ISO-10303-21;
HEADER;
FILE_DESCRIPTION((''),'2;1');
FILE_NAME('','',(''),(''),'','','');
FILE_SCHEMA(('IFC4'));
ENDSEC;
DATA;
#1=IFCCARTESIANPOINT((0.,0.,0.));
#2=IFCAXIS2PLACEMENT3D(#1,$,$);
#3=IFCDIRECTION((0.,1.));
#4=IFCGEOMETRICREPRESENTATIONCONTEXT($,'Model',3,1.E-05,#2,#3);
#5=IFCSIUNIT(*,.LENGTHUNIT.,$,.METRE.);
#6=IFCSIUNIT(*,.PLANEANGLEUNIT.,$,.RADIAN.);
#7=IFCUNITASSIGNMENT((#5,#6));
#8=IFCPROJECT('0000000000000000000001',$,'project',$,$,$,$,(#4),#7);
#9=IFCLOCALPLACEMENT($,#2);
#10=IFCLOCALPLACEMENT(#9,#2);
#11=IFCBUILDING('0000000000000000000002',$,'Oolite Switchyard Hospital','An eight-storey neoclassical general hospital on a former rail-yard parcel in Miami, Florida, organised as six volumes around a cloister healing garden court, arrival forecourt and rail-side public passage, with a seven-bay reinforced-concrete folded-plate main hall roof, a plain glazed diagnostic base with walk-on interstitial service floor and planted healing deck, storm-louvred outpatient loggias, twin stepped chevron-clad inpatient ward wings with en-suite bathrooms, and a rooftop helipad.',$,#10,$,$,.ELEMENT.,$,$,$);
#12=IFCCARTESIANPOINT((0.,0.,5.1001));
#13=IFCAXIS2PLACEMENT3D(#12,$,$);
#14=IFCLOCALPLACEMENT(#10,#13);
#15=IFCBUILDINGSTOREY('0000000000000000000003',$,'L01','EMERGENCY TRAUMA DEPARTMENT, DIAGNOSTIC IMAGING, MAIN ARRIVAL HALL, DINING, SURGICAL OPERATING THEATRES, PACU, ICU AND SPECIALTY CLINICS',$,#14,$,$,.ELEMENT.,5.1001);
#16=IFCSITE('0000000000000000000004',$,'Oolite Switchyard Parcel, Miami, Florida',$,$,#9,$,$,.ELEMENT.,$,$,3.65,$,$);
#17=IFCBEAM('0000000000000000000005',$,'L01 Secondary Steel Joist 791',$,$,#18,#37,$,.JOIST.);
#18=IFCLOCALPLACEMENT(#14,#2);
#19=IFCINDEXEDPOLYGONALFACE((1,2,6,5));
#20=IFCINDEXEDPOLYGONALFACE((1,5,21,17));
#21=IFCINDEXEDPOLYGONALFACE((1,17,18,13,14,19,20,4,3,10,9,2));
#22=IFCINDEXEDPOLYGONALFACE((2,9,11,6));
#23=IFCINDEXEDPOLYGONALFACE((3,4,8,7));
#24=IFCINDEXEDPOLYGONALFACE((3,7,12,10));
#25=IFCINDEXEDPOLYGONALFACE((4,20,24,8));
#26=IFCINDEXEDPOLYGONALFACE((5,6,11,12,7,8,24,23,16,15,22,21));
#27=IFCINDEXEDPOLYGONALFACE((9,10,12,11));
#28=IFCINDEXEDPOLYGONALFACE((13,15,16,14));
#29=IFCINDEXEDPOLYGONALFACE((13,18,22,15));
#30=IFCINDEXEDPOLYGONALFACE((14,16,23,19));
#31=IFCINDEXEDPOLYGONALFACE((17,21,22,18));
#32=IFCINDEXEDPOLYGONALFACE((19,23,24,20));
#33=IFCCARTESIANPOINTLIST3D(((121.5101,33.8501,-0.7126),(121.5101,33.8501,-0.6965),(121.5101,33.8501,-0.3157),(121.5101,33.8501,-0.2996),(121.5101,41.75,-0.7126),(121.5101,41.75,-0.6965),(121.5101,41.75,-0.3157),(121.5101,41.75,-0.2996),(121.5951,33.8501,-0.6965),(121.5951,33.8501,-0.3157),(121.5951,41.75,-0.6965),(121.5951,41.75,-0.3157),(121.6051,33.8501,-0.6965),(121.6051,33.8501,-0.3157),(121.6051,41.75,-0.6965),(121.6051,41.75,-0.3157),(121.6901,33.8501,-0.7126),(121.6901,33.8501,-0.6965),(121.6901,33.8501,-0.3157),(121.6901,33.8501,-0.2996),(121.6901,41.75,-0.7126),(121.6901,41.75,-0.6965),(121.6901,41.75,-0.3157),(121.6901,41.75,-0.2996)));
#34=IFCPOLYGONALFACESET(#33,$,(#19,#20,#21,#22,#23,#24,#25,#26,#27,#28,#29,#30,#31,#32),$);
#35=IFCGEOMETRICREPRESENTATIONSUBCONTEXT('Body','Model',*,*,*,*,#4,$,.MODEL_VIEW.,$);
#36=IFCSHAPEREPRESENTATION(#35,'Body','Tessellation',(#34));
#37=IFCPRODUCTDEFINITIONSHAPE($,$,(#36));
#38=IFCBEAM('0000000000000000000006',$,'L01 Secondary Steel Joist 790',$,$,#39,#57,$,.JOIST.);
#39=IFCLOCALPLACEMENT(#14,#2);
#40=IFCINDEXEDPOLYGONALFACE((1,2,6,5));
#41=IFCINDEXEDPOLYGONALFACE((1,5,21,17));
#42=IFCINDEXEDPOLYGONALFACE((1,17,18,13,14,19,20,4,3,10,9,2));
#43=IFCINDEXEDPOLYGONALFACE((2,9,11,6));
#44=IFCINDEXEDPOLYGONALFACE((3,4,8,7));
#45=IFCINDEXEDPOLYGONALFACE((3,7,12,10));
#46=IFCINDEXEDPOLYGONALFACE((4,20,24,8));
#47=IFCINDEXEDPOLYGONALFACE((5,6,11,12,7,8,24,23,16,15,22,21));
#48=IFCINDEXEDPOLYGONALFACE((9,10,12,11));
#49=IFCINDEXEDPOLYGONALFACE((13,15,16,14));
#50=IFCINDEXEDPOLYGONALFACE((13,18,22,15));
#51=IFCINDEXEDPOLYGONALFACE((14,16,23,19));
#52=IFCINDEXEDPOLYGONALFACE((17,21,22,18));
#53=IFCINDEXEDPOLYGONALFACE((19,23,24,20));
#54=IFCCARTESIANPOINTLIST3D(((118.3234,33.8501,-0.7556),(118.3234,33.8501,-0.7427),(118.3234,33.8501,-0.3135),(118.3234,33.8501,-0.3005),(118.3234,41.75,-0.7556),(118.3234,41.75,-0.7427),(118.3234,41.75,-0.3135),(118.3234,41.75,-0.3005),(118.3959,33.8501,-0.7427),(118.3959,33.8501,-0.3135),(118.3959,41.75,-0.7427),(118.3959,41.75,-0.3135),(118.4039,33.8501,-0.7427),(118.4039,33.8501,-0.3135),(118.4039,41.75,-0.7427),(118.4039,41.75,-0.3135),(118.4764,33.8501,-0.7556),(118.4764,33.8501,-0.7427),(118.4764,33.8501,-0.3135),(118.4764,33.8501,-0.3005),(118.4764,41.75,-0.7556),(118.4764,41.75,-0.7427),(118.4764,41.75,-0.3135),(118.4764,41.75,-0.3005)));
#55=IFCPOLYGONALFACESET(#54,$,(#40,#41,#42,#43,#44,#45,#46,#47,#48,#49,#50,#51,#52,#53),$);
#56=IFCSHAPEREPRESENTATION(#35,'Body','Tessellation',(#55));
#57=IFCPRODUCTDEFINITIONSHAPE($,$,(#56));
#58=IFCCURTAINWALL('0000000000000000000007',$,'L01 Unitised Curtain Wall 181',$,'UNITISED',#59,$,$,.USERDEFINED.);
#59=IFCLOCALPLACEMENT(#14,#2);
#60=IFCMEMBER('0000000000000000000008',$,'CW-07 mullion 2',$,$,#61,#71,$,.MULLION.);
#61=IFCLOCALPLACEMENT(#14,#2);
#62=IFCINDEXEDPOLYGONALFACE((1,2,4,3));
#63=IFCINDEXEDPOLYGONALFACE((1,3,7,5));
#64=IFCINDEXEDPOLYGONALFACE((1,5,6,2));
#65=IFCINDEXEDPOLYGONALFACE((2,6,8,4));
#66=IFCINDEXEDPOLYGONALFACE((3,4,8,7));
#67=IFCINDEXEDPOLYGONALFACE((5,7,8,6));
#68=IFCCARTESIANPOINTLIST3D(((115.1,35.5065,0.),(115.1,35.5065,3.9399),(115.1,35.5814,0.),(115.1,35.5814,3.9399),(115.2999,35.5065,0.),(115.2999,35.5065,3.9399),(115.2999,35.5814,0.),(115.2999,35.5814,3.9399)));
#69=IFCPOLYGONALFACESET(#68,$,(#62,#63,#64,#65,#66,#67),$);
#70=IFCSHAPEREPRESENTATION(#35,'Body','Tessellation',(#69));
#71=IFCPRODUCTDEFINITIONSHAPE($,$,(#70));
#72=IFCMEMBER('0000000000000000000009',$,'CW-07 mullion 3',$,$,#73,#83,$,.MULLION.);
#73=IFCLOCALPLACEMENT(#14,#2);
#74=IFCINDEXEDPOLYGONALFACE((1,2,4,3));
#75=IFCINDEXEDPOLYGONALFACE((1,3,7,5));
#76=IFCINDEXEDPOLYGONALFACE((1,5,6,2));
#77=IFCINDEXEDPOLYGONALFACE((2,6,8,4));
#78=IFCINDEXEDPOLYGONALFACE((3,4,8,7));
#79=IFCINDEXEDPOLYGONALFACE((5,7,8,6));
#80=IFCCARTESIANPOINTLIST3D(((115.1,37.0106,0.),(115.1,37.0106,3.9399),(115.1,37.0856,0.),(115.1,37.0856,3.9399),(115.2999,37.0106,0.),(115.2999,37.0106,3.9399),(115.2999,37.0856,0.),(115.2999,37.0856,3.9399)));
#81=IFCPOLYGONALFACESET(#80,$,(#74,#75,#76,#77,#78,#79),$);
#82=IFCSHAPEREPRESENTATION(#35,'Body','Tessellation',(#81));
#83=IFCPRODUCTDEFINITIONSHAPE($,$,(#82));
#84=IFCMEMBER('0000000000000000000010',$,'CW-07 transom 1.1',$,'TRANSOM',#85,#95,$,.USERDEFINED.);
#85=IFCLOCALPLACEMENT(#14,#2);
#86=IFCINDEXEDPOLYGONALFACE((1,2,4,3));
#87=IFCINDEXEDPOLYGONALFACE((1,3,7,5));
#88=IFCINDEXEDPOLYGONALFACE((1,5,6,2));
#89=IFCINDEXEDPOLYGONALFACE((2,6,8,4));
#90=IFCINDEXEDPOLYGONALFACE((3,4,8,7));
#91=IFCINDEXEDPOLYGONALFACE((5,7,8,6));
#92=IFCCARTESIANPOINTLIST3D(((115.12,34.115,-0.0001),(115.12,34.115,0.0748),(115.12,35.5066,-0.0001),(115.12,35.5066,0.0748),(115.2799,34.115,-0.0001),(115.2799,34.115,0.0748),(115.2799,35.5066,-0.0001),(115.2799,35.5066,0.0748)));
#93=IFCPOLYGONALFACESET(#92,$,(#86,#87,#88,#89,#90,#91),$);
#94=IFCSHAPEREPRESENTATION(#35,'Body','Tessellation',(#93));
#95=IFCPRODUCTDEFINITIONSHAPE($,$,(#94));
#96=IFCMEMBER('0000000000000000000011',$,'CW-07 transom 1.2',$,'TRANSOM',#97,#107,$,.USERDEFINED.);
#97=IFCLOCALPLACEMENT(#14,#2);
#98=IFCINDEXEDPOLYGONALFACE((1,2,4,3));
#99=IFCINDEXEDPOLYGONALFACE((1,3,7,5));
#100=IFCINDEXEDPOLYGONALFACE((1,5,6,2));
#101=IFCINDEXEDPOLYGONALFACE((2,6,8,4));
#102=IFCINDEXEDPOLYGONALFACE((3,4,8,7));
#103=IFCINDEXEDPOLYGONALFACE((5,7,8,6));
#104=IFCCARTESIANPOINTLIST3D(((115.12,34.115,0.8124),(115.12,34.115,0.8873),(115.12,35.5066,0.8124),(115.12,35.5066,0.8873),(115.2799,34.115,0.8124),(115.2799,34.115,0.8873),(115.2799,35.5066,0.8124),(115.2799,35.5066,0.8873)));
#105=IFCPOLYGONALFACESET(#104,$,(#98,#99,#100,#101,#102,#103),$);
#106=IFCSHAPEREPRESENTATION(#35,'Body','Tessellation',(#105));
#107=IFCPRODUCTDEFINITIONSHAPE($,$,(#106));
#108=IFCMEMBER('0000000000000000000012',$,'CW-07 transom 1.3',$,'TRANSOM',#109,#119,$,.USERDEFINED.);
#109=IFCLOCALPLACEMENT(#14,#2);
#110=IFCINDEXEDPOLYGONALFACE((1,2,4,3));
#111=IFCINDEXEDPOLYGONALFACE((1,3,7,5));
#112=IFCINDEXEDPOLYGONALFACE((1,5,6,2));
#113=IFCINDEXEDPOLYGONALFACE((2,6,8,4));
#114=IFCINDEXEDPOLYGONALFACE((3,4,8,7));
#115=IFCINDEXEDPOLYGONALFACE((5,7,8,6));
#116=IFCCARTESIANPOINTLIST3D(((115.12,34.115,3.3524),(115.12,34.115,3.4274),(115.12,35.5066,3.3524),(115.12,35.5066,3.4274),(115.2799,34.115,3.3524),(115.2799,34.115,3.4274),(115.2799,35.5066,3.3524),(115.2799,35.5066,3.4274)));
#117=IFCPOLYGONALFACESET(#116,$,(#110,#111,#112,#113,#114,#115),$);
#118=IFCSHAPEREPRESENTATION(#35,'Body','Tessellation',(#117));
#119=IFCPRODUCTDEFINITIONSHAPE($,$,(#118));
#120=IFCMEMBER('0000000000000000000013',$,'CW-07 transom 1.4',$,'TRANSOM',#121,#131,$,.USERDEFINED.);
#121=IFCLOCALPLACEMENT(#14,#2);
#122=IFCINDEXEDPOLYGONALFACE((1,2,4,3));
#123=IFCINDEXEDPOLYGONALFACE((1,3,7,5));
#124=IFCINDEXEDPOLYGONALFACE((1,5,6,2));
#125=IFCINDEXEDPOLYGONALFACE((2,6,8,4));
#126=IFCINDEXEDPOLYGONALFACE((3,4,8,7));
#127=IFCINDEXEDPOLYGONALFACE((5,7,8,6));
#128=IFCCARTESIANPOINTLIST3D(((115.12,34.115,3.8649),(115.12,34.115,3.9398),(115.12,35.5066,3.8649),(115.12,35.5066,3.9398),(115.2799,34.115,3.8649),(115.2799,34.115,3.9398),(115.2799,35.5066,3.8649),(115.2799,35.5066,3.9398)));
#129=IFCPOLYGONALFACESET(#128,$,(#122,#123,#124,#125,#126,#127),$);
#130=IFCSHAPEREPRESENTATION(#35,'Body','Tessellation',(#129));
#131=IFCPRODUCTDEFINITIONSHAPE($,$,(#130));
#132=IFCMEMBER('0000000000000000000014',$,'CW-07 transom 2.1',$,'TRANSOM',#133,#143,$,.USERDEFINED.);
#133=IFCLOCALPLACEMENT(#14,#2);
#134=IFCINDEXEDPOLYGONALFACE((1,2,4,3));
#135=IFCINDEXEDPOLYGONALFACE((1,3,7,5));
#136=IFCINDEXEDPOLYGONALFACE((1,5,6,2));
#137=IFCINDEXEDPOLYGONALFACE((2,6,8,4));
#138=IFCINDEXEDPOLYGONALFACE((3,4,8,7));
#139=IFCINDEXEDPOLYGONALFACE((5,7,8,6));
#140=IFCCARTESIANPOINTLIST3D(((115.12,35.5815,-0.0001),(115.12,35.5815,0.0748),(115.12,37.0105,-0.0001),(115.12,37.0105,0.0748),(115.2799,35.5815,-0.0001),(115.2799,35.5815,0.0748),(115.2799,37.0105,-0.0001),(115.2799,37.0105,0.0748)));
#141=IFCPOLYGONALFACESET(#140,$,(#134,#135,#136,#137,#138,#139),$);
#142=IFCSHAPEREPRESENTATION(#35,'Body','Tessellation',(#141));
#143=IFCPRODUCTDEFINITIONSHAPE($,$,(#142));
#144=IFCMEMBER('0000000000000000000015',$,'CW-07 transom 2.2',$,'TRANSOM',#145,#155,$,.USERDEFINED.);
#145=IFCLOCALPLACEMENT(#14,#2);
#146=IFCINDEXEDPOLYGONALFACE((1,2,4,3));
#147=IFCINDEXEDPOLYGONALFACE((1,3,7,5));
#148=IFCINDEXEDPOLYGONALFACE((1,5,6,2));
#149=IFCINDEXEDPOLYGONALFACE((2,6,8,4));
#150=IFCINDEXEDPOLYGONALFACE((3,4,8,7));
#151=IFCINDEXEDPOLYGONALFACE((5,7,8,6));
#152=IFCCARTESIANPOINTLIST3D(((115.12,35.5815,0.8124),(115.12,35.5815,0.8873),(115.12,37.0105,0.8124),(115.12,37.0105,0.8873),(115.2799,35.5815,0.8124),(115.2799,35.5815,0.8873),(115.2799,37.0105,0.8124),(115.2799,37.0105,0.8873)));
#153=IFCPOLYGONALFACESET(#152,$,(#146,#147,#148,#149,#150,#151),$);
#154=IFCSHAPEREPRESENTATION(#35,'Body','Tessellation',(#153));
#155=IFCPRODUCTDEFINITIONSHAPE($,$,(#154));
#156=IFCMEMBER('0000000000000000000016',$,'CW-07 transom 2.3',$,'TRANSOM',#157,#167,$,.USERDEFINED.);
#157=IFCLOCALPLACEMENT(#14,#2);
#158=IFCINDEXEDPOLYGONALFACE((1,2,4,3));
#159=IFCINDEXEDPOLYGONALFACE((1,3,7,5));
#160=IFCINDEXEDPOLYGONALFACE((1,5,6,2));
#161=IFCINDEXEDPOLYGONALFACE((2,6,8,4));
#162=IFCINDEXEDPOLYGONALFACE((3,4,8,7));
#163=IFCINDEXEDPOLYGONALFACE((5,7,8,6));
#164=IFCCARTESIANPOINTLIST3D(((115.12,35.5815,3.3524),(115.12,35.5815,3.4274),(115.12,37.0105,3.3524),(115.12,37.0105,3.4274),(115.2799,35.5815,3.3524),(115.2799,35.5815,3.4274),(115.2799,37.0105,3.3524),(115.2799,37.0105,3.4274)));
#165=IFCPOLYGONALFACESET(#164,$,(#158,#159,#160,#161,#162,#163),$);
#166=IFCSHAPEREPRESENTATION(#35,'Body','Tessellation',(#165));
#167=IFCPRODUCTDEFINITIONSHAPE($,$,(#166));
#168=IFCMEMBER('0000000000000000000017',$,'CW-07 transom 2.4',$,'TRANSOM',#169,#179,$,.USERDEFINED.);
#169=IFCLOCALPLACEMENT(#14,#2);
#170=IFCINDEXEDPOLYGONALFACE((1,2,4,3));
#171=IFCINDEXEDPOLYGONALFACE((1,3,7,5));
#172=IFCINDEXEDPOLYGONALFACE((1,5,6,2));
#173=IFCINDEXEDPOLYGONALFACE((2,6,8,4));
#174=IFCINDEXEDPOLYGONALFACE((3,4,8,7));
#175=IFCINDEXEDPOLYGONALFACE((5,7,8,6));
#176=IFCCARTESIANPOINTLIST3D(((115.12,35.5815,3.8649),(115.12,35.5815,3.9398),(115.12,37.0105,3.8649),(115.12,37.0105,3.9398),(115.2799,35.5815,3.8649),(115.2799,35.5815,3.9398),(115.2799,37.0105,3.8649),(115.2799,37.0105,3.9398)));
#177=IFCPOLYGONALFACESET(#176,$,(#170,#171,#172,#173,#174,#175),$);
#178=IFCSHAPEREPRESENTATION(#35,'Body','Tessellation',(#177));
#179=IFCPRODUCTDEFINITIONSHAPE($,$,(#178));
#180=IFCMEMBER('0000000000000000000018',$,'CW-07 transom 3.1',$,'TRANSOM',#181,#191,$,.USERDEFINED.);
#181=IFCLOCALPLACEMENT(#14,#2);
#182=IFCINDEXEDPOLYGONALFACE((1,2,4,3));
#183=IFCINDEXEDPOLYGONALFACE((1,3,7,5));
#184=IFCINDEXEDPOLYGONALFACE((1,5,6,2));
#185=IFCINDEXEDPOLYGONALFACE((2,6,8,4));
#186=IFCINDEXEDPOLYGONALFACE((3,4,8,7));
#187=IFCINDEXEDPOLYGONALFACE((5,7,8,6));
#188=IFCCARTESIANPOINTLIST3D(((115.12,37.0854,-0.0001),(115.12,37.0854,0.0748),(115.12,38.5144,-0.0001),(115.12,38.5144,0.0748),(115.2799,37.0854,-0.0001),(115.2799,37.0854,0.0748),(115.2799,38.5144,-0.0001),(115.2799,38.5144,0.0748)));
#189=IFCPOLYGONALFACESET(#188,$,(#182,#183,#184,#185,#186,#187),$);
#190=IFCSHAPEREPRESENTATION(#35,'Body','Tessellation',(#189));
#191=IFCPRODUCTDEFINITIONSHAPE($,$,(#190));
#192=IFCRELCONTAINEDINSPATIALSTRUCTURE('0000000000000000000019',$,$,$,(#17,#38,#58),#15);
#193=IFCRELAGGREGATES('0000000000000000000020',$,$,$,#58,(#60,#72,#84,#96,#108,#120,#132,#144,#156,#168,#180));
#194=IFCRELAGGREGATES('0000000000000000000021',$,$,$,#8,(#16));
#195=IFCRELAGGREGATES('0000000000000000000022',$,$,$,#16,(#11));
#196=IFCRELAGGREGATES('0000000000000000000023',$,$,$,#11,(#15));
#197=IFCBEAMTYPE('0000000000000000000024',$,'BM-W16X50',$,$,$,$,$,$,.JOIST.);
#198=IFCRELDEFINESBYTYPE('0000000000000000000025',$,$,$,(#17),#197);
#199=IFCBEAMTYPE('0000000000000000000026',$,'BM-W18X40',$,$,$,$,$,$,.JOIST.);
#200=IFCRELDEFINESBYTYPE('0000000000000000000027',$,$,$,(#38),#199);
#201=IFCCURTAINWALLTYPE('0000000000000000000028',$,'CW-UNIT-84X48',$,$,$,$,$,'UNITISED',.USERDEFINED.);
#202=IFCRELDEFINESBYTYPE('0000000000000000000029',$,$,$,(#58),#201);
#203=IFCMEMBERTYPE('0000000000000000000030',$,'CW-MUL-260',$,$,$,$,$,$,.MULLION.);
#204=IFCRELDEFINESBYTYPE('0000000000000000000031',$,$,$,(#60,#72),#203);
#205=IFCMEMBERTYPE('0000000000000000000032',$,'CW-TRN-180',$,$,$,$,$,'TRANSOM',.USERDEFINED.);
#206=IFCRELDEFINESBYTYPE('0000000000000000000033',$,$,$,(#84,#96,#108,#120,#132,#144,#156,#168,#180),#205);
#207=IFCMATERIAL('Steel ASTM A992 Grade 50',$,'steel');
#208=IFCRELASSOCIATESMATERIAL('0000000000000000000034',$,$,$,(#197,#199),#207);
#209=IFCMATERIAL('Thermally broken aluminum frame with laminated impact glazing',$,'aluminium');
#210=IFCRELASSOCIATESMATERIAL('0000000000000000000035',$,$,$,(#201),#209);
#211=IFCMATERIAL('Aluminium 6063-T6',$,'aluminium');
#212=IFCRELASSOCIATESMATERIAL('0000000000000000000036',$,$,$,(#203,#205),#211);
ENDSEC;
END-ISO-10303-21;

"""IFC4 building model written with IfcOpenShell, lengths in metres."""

from ifc_helpers import new_model, si_unit, direction, frame, origin, origin_2d, place, context, subcontext, project, spatial, rectangle, i_section, extrude, material, material_profile, profile_set, type_object, element, aggregate, save


model = new_model("IFC4")

# Units and contexts
model_context = context("Model", 3, precision=1e-05, world=origin(), true_north=direction((0.0, 1.0)))
body_context = subcontext(model_context, "Body", "Model", "MODEL_VIEW")
ifc_project = project(units=[si_unit("LENGTHUNIT", "METRE"), si_unit("PLANEANGLEUNIT", "RADIAN")], contexts=[model_context])

# Site, building, storey
site_placement = place(None, origin())
site = spatial("IfcSite", under=ifc_project, at=site_placement, Name="Oolite Switchyard Parcel, Miami, Florida", CompositionType="ELEMENT", RefElevation=3.65)
building_placement = place(site_placement, origin())
building = spatial("IfcBuilding", under=site, at=building_placement, Name="Oolite Switchyard Hospital", Description="An eight-storey neoclassical general hospital on a former rail-yard parcel in Miami, Florida, organised as six volumes around a cloister healing garden court, arrival forecourt and rail-side public passage, with a seven-bay reinforced-concrete folded-plate main hall roof, a plain glazed diagnostic base with walk-on interstitial service floor and planted healing deck, storm-louvred outpatient loggias, twin stepped chevron-clad inpatient ward wings with en-suite bathrooms, and a rooftop helipad.", CompositionType="ELEMENT")
storey_placement = place(building_placement, frame((0.0, 0.0, 5.1001)))
storey = spatial("IfcBuildingStorey", under=building, at=storey_placement, Name="L01", Description="EMERGENCY TRAUMA DEPARTMENT, DIAGNOSTIC IMAGING, MAIN ARRIVAL HALL, DINING, SURGICAL OPERATING THEATRES, PACU, ICU AND SPECIALTY CLINICS", CompositionType="ELEMENT", Elevation=5.1001)

# Beams
ifc_material_1 = material(Name="Steel ASTM A992 Grade 50", Category="steel")
ifc_material_profile_1 = material_profile(ifc_material_1, i_section(OverallWidth=0.1799, OverallDepth=0.4131, WebThickness=0.01, FlangeThickness=0.0161, at=origin_2d()), Name="W16X50")
ifc_profile_set_1 = profile_set([ifc_material_profile_1], Name="Steel ASTM A992 Grade 50")
beam_type_1 = type_object("IfcBeamType", Name="BM-W16X50", PredefinedType="JOIST", material=ifc_profile_set_1)
beam_1_placement = place(storey_placement, frame((121.6001, 33.8501, -0.5061), z_axis=(0.0, 1.0, 0.0), x_axis=(-1.0, 0.0, 0.0)))
element("IfcBeam", 1, at=beam_1_placement, inside=storey, type_object=beam_type_1, Name="L01 Secondary Steel Joist 791", PredefinedType="JOIST", context=body_context, shape_type="SweptSolid", body=[
    extrude(i_section(OverallWidth=0.1799, OverallDepth=0.4131, WebThickness=0.01, FlangeThickness=0.0161, at=origin_2d()), origin(), (0.0, 0.0, 1.0), 7.8999),
])
ifc_material_profile_2 = material_profile(ifc_material_1, i_section(OverallWidth=0.1531, OverallDepth=0.4551, WebThickness=0.0081, FlangeThickness=0.0129, at=origin_2d()), Name="W18X40")
ifc_profile_set_2 = profile_set([ifc_material_profile_2], Name="Steel ASTM A992 Grade 50")
beam_type_2 = type_object("IfcBeamType", Name="BM-W18X40", PredefinedType="JOIST", material=ifc_profile_set_2)
beam_2_placement = place(storey_placement, frame((118.3999, 33.8501, -0.5281), z_axis=(0.0, 1.0, 0.0), x_axis=(-1.0, 0.0, 0.0)))
element("IfcBeam", 2, at=beam_2_placement, inside=storey, type_object=beam_type_2, Name="L01 Secondary Steel Joist 790", PredefinedType="JOIST", context=body_context, shape_type="SweptSolid", body=[
    extrude(i_section(OverallWidth=0.1531, OverallDepth=0.4551, WebThickness=0.0081, FlangeThickness=0.0129, at=origin_2d()), origin(), (0.0, 0.0, 1.0), 7.8999),
])

# Curtain wall, members
ifc_material_2 = material(Name="Thermally broken aluminum frame with laminated impact glazing", Category="aluminium")
curtain_wall_type = type_object("IfcCurtainWallType", Name="CW-UNIT-84X48", ElementType="UNITISED", PredefinedType="USERDEFINED", material=ifc_material_2)
curtain_wall_placement = place(storey_placement, origin())
curtain_wall = element("IfcCurtainWall", 3, at=curtain_wall_placement, inside=storey, type_object=curtain_wall_type, Name="L01 Unitised Curtain Wall 181", ObjectType="UNITISED", PredefinedType="USERDEFINED")
ifc_material_3 = material(Name="Aluminium 6063-T6", Category="aluminium")
ifc_material_profile_3 = material_profile(ifc_material_3, rectangle(XDim=0.2, YDim=0.075, at=origin_2d()), Name="CWM75X200")
ifc_profile_set_3 = profile_set([ifc_material_profile_3], Name="Aluminium 6063-T6")
member_type_1 = type_object("IfcMemberType", Name="CW-MUL-260", PredefinedType="MULLION", material=ifc_profile_set_3)
member_1_placement = place(storey_placement, frame((115.2, 35.5439, 0.0), z_axis=(0.0, 0.0, 1.0), x_axis=(-1.0, 0.0, 0.0)))
member_1 = element("IfcMember", 4, at=member_1_placement, type_object=member_type_1, Name="CW-07 mullion 2", PredefinedType="MULLION", context=body_context, shape_type="SweptSolid", body=[
    extrude(rectangle(XDim=0.2, YDim=0.075, at=origin_2d()), origin(), (0.0, 0.0, 1.0), 3.9399),
])
member_2_placement = place(storey_placement, frame((115.2, 37.0481, 0.0), z_axis=(0.0, 0.0, 1.0), x_axis=(-1.0, 0.0, 0.0)))
member_2 = element("IfcMember", 5, at=member_2_placement, type_object=member_type_1, Name="CW-07 mullion 3", PredefinedType="MULLION", context=body_context, shape_type="SweptSolid", body=[
    extrude(rectangle(XDim=0.2, YDim=0.075, at=origin_2d()), origin(), (0.0, 0.0, 1.0), 3.9399),
])
ifc_material_profile_4 = material_profile(ifc_material_3, rectangle(XDim=0.1599, YDim=0.075, at=origin_2d()), Name="CWT75X160")
ifc_profile_set_4 = profile_set([ifc_material_profile_4], Name="Aluminium 6063-T6")
member_type_2 = type_object("IfcMemberType", Name="CW-TRN-180", ElementType="TRANSOM", PredefinedType="USERDEFINED", material=ifc_profile_set_4)
member_3_placement = place(storey_placement, frame((115.2, 34.115, 0.0374), z_axis=(0.0, 1.0, 0.0), x_axis=(-1.0, 0.0, 0.0)))
member_3 = element("IfcMember", 6, at=member_3_placement, type_object=member_type_2, Name="CW-07 transom 1.1", ObjectType="TRANSOM", PredefinedType="USERDEFINED", context=body_context, shape_type="SweptSolid", body=[
    extrude(rectangle(XDim=0.1599, YDim=0.075, at=origin_2d()), origin(), (0.0, 0.0, 1.0), 1.3916),
])
member_4_placement = place(storey_placement, frame((115.2, 34.115, 0.8499), z_axis=(0.0, 1.0, 0.0), x_axis=(-1.0, 0.0, 0.0)))
member_4 = element("IfcMember", 7, at=member_4_placement, type_object=member_type_2, Name="CW-07 transom 1.2", ObjectType="TRANSOM", PredefinedType="USERDEFINED", context=body_context, shape_type="SweptSolid", body=[
    extrude(rectangle(XDim=0.1599, YDim=0.075, at=origin_2d()), origin(), (0.0, 0.0, 1.0), 1.3916),
])
member_5_placement = place(storey_placement, frame((115.2, 34.115, 3.3899), z_axis=(0.0, 1.0, 0.0), x_axis=(-1.0, 0.0, 0.0)))
member_5 = element("IfcMember", 8, at=member_5_placement, type_object=member_type_2, Name="CW-07 transom 1.3", ObjectType="TRANSOM", PredefinedType="USERDEFINED", context=body_context, shape_type="SweptSolid", body=[
    extrude(rectangle(XDim=0.1599, YDim=0.075, at=origin_2d()), origin(), (0.0, 0.0, 1.0), 1.3916),
])
member_6_placement = place(storey_placement, frame((115.2, 34.115, 3.9023), z_axis=(0.0, 1.0, 0.0), x_axis=(-1.0, 0.0, 0.0)))
member_6 = element("IfcMember", 9, at=member_6_placement, type_object=member_type_2, Name="CW-07 transom 1.4", ObjectType="TRANSOM", PredefinedType="USERDEFINED", context=body_context, shape_type="SweptSolid", body=[
    extrude(rectangle(XDim=0.1599, YDim=0.075, at=origin_2d()), origin(), (0.0, 0.0, 1.0), 1.3916),
])
member_7_placement = place(storey_placement, frame((115.2, 35.5815, 0.0374), z_axis=(0.0, 1.0, 0.0), x_axis=(-1.0, 0.0, 0.0)))
member_7 = element("IfcMember", 10, at=member_7_placement, type_object=member_type_2, Name="CW-07 transom 2.1", ObjectType="TRANSOM", PredefinedType="USERDEFINED", context=body_context, shape_type="SweptSolid", body=[
    extrude(rectangle(XDim=0.1599, YDim=0.075, at=origin_2d()), origin(), (0.0, 0.0, 1.0), 1.429),
])
member_8_placement = place(storey_placement, frame((115.2, 35.5815, 0.8499), z_axis=(0.0, 1.0, 0.0), x_axis=(-1.0, 0.0, 0.0)))
member_8 = element("IfcMember", 11, at=member_8_placement, type_object=member_type_2, Name="CW-07 transom 2.2", ObjectType="TRANSOM", PredefinedType="USERDEFINED", context=body_context, shape_type="SweptSolid", body=[
    extrude(rectangle(XDim=0.1599, YDim=0.075, at=origin_2d()), origin(), (0.0, 0.0, 1.0), 1.429),
])
member_9_placement = place(storey_placement, frame((115.2, 35.5815, 3.3899), z_axis=(0.0, 1.0, 0.0), x_axis=(-1.0, 0.0, 0.0)))
member_9 = element("IfcMember", 12, at=member_9_placement, type_object=member_type_2, Name="CW-07 transom 2.3", ObjectType="TRANSOM", PredefinedType="USERDEFINED", context=body_context, shape_type="SweptSolid", body=[
    extrude(rectangle(XDim=0.1599, YDim=0.075, at=origin_2d()), origin(), (0.0, 0.0, 1.0), 1.429),
])
member_10_placement = place(storey_placement, frame((115.2, 35.5815, 3.9023), z_axis=(0.0, 1.0, 0.0), x_axis=(-1.0, 0.0, 0.0)))
member_10 = element("IfcMember", 13, at=member_10_placement, type_object=member_type_2, Name="CW-07 transom 2.4", ObjectType="TRANSOM", PredefinedType="USERDEFINED", context=body_context, shape_type="SweptSolid", body=[
    extrude(rectangle(XDim=0.1599, YDim=0.075, at=origin_2d()), origin(), (0.0, 0.0, 1.0), 1.429),
])
member_11_placement = place(storey_placement, frame((115.2, 37.0854, 0.0374), z_axis=(0.0, 1.0, 0.0), x_axis=(-1.0, 0.0, 0.0)))
member_11 = element("IfcMember", 14, at=member_11_placement, type_object=member_type_2, Name="CW-07 transom 3.1", ObjectType="TRANSOM", PredefinedType="USERDEFINED", context=body_context, shape_type="SweptSolid", body=[
    extrude(rectangle(XDim=0.1599, YDim=0.075, at=origin_2d()), origin(), (0.0, 0.0, 1.0), 1.429),
])
aggregate(curtain_wall, [member_1, member_2, member_3, member_4, member_5, member_6, member_7, member_8, member_9, member_10, member_11])

save(model, "model.ifc")
